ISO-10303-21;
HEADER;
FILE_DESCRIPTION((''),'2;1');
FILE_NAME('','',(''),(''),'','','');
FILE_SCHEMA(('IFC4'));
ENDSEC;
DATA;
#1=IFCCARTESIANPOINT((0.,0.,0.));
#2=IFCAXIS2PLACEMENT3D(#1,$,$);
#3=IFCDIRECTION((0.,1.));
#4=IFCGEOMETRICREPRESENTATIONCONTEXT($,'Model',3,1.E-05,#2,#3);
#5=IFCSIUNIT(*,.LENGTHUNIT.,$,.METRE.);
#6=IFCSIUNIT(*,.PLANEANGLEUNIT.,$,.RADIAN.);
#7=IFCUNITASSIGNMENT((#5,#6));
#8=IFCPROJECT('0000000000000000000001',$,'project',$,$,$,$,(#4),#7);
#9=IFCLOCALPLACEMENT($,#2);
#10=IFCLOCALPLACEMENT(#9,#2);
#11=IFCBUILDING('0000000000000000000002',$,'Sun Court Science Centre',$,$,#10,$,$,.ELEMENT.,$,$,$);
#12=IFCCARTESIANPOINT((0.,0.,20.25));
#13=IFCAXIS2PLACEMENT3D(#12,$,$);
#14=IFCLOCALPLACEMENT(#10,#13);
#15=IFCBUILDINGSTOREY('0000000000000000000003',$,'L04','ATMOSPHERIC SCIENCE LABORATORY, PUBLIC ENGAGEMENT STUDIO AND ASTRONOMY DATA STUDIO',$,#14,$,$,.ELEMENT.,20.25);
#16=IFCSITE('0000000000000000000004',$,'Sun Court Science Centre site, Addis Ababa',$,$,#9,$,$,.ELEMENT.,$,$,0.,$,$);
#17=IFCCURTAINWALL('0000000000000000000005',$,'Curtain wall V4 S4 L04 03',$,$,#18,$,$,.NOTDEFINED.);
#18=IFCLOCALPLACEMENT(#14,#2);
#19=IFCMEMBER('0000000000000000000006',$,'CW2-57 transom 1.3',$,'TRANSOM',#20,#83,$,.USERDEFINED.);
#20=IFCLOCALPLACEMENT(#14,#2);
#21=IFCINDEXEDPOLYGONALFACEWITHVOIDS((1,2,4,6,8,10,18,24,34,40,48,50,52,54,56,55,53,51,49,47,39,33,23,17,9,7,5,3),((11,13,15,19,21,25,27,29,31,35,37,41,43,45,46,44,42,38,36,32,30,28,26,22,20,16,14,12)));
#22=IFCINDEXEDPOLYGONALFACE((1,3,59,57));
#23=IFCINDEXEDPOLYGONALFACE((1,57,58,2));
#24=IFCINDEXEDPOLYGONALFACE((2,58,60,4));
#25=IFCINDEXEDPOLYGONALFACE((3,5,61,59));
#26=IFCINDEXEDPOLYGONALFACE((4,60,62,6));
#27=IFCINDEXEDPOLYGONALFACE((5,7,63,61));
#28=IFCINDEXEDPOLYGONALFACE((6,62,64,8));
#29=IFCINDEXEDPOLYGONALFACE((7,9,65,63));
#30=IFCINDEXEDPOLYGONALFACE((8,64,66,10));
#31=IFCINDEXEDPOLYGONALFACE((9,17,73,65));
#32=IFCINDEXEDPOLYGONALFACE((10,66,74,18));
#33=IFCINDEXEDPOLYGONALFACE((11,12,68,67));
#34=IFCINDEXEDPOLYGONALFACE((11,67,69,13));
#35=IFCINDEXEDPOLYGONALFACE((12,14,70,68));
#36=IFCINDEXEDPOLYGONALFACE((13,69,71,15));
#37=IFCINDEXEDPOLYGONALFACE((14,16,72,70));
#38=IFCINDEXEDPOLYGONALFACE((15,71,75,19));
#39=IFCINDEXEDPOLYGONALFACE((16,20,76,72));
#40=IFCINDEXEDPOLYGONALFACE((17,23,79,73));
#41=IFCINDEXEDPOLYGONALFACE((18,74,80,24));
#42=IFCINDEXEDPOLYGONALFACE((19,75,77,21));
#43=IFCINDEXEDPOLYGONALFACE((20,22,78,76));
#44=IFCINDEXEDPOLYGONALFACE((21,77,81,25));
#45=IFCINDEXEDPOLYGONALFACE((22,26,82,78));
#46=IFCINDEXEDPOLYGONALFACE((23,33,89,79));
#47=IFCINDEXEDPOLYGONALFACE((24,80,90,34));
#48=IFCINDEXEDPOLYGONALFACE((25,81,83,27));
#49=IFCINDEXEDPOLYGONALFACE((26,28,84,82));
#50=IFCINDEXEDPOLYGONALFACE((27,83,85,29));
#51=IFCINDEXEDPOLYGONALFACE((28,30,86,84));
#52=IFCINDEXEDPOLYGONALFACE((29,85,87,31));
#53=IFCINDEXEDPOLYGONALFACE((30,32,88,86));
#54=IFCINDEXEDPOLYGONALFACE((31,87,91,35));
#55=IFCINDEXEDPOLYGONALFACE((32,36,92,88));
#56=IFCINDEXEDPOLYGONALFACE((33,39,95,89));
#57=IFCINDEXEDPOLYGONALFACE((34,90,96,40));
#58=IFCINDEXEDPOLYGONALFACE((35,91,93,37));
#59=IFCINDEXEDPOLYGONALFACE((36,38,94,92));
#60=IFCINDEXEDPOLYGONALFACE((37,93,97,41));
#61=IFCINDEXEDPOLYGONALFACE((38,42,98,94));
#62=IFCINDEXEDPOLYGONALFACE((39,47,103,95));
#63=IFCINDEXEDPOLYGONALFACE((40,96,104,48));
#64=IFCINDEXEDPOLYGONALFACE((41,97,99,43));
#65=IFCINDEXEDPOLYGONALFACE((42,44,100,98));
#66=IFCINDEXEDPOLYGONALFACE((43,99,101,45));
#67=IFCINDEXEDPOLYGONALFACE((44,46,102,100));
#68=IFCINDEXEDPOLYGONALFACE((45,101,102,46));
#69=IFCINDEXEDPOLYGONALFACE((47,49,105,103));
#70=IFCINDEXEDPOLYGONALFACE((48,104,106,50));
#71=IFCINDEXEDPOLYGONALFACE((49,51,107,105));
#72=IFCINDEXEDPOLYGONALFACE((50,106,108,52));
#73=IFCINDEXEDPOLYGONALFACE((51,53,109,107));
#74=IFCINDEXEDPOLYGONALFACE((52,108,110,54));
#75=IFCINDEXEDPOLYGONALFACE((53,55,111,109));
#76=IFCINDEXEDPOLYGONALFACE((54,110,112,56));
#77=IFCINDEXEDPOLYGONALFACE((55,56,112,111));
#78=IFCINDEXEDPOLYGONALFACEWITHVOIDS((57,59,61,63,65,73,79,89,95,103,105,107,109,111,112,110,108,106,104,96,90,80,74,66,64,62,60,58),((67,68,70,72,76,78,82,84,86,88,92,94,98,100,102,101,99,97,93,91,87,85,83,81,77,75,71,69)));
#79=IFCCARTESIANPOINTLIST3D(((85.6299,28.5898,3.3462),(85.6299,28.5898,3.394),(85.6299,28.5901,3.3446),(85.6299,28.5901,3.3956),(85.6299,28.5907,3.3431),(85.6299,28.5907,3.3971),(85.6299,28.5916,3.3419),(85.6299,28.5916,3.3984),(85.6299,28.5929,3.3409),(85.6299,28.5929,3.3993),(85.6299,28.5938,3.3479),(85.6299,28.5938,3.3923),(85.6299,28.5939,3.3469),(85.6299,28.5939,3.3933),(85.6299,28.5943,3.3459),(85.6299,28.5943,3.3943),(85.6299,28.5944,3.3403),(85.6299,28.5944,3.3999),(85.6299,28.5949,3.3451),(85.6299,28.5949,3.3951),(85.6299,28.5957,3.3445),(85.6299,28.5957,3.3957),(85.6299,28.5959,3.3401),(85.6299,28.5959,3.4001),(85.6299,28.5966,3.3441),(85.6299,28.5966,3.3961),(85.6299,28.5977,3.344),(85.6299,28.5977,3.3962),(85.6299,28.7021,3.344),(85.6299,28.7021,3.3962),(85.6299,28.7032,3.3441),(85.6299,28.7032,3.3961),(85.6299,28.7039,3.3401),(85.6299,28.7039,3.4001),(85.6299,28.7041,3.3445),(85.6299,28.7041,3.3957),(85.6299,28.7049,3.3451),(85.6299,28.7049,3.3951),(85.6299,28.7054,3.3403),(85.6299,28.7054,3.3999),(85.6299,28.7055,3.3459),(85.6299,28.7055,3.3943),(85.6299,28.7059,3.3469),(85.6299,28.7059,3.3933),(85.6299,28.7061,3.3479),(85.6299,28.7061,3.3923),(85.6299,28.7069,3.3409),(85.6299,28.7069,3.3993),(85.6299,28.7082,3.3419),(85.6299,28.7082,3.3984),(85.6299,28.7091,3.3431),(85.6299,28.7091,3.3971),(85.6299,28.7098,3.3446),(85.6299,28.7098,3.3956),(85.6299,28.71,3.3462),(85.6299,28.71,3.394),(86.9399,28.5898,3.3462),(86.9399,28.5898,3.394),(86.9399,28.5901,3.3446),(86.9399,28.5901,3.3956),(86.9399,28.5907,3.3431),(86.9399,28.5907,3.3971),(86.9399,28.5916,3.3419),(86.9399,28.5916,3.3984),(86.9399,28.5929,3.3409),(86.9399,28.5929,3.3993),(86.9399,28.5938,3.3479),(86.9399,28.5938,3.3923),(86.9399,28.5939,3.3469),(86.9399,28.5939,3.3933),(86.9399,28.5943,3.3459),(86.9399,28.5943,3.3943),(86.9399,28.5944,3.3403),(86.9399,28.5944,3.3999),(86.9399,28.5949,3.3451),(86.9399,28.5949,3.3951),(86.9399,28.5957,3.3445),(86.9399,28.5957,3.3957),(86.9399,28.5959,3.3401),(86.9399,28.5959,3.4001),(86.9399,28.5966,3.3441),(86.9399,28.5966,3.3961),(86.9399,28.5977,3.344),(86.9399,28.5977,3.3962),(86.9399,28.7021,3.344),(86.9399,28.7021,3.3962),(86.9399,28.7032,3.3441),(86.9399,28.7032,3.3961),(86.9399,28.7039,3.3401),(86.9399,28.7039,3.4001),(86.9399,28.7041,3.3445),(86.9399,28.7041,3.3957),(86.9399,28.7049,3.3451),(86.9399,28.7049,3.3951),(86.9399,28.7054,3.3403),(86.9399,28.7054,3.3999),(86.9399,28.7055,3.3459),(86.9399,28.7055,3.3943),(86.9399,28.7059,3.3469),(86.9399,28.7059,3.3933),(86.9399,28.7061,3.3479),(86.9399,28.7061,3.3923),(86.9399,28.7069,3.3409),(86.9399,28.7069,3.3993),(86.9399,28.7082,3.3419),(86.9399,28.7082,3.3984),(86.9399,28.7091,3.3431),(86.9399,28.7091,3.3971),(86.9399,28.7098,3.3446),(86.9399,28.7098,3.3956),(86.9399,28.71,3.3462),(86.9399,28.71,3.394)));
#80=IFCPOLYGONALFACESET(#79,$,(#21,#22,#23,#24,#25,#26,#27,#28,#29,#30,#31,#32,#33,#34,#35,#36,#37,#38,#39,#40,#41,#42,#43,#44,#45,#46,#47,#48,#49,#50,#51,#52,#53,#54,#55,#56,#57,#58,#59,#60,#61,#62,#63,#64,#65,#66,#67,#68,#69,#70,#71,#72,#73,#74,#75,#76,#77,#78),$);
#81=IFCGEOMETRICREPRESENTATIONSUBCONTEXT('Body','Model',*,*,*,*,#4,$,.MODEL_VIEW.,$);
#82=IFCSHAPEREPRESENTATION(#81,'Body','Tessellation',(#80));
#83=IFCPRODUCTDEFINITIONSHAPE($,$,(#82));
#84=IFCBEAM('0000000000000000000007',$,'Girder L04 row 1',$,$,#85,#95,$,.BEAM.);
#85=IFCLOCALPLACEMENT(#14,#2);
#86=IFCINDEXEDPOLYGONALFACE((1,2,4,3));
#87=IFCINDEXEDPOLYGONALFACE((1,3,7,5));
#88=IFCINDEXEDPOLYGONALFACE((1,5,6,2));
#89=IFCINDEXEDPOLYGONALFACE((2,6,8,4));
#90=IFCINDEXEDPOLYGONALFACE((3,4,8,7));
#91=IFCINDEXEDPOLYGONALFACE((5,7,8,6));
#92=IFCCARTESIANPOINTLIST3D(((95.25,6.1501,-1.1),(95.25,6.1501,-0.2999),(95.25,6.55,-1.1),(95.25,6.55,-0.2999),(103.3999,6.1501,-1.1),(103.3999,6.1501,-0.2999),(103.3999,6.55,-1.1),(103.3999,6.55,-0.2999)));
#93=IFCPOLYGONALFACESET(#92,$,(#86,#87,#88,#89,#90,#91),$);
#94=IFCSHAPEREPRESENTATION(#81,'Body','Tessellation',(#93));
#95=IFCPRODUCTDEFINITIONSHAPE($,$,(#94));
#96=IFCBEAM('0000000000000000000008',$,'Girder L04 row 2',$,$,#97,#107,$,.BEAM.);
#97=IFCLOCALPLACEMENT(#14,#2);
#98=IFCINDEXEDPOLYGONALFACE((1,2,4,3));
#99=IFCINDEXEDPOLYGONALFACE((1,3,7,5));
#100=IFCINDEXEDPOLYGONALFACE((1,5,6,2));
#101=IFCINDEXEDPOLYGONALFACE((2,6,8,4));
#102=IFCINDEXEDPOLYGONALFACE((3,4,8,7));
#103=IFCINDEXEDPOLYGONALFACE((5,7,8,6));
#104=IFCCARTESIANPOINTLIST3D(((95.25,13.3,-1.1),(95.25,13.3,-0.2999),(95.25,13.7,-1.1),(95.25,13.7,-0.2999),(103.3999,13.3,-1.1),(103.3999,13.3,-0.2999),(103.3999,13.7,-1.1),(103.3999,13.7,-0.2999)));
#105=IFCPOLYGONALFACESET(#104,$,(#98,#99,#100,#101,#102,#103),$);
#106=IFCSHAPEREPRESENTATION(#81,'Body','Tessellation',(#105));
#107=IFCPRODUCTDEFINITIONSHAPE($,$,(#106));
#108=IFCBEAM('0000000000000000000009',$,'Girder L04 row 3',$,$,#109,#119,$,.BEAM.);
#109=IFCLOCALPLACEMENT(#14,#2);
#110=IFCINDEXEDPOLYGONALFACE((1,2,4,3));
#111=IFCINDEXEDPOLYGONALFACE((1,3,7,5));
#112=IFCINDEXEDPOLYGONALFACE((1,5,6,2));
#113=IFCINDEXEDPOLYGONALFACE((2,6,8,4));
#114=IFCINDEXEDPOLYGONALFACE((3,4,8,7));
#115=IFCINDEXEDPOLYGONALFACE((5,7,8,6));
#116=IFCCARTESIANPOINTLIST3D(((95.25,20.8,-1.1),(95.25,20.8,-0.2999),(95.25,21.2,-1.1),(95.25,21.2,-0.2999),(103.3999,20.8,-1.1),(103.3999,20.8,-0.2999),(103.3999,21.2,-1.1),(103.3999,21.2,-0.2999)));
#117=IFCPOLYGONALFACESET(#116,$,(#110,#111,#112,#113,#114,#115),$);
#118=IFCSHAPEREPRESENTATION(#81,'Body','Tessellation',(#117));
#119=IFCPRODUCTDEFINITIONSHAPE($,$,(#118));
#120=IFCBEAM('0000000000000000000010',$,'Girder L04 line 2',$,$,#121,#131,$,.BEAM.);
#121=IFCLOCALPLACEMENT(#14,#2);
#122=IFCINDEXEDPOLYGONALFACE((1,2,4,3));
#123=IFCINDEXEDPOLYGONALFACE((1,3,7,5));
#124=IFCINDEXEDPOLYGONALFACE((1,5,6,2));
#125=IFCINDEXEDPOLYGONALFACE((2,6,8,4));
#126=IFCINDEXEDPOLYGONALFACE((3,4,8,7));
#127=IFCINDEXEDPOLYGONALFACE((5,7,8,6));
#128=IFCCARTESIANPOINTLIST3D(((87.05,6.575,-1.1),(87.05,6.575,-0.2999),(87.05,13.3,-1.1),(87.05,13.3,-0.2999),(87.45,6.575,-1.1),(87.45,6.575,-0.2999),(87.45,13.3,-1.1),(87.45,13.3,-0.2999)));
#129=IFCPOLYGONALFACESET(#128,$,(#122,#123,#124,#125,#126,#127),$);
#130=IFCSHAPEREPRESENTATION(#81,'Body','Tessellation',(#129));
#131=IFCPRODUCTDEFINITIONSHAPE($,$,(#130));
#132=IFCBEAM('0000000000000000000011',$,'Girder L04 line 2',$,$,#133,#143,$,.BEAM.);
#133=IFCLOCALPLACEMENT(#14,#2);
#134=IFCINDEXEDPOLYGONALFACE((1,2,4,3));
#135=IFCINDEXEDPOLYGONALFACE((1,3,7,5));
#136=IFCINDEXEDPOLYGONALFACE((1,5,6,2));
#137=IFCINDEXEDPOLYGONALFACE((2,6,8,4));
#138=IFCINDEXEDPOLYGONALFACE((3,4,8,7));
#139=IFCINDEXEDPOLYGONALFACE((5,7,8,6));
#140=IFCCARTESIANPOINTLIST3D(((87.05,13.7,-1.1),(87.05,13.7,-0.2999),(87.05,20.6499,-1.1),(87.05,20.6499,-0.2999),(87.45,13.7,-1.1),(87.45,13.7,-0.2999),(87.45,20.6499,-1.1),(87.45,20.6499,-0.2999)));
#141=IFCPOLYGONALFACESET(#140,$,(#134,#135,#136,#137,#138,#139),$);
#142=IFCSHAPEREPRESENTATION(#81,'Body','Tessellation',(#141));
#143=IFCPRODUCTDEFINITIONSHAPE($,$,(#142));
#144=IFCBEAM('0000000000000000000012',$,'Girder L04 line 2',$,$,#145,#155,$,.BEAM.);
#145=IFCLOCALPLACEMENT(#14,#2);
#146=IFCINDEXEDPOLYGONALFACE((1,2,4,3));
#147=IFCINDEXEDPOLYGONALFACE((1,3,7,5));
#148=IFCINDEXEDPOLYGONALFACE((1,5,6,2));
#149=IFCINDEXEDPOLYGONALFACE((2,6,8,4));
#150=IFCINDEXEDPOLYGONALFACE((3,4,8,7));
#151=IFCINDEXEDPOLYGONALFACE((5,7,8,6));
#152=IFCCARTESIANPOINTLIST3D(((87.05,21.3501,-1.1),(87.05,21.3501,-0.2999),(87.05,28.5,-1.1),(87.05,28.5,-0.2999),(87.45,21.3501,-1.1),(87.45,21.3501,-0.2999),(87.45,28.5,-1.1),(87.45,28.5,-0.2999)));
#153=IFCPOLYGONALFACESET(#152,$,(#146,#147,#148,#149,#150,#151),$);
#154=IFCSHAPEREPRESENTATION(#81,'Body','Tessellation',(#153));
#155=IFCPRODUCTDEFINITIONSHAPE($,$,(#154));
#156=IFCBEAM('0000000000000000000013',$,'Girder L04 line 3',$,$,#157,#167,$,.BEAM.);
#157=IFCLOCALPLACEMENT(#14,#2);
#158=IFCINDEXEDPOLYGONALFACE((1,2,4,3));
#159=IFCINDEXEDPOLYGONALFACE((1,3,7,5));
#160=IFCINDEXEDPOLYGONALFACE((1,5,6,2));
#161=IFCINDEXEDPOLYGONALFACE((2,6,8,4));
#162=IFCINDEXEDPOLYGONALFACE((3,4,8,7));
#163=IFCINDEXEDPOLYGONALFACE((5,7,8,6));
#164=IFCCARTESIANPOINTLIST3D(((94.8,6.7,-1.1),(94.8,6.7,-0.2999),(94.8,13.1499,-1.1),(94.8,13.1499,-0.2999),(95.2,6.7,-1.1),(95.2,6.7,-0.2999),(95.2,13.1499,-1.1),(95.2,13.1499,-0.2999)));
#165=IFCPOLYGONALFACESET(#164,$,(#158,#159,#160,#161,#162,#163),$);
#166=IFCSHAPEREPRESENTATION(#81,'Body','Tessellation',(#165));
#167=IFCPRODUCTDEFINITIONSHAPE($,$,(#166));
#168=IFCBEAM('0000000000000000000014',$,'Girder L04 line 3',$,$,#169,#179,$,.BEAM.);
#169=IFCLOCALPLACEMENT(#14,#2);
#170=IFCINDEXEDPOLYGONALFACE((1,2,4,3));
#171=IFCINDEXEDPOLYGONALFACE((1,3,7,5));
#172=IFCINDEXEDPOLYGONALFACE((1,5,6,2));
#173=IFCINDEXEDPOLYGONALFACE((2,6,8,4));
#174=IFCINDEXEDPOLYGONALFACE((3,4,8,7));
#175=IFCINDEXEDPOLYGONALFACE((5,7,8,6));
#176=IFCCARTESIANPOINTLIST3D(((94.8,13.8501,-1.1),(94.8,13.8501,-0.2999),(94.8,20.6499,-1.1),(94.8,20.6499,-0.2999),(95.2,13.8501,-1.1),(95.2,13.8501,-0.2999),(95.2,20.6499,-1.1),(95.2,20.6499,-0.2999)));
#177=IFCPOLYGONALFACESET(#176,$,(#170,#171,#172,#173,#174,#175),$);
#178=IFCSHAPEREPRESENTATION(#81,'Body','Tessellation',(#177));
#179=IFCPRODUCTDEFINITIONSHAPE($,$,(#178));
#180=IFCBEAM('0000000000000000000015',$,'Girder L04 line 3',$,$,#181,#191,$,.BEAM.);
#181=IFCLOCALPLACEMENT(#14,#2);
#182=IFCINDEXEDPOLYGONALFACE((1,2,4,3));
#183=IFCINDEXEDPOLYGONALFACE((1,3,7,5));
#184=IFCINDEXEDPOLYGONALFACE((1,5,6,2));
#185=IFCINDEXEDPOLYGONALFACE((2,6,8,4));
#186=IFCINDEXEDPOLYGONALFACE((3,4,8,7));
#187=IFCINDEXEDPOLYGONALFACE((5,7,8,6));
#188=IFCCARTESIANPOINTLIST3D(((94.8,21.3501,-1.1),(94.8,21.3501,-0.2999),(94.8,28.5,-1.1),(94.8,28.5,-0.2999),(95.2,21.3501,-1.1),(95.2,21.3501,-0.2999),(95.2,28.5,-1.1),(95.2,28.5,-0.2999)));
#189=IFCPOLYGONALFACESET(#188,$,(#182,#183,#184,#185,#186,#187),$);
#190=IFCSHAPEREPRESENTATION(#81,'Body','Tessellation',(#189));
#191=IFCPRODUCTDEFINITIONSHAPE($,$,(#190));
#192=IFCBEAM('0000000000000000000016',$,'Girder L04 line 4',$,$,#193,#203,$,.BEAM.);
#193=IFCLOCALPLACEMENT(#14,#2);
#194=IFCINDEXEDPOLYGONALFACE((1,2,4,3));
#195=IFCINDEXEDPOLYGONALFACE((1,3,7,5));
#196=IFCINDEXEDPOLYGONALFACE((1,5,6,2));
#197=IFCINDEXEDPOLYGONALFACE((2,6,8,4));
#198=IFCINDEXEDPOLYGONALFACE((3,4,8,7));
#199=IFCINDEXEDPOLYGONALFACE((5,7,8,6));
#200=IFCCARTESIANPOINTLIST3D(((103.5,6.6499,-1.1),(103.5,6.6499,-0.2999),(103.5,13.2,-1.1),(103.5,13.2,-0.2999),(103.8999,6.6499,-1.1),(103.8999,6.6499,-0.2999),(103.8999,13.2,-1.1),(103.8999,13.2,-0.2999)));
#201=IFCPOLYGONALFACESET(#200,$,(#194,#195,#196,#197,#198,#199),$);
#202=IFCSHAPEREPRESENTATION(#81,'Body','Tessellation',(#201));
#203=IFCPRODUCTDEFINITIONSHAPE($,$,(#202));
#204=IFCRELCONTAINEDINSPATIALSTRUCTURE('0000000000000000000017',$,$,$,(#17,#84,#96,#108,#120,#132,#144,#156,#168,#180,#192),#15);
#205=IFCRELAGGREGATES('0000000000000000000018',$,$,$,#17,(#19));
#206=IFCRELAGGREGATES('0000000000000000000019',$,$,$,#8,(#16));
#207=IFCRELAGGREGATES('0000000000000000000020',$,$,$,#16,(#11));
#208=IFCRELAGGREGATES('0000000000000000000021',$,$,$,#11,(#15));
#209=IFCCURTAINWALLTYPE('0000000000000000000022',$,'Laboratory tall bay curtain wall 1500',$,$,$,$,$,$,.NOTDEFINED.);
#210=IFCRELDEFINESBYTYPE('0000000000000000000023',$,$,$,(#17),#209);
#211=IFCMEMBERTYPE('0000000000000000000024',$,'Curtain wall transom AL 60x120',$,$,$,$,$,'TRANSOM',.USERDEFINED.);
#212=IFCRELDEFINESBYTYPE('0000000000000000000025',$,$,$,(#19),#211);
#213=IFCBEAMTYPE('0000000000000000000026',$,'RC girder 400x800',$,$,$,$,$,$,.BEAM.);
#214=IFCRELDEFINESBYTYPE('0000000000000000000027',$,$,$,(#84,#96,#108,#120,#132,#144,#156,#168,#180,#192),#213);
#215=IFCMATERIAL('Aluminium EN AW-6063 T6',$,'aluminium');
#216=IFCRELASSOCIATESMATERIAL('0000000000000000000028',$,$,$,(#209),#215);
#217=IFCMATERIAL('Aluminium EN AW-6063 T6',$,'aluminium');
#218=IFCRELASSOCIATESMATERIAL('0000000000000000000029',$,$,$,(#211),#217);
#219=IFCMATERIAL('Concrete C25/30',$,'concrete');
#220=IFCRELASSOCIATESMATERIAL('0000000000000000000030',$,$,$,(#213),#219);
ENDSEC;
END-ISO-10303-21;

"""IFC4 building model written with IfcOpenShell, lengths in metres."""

from ifc_helpers import new_model, si_unit, direction, frame, origin, origin_2d, place, context, subcontext, project, spatial, rectangle, hollow_rectangle, extrude, material, material_profile, profile_set, type_object, element, aggregate, save


model = new_model("IFC4")

# Units and contexts
model_context = context("Model", 3, precision=1e-05, world=origin(), true_north=direction((0.0, 1.0)))
body_context = subcontext(model_context, "Body", "Model", "MODEL_VIEW")
ifc_project = project(units=[si_unit("LENGTHUNIT", "METRE"), si_unit("PLANEANGLEUNIT", "RADIAN")], contexts=[model_context])

# Site, building, storey
site_placement = place(None, origin())
site = spatial("IfcSite", under=ifc_project, at=site_placement, Name="Sun Court Science Centre site, Addis Ababa", CompositionType="ELEMENT", RefElevation=0.0)
building_placement = place(site_placement, origin())
building = spatial("IfcBuilding", under=site, at=building_placement, Name="Sun Court Science Centre", CompositionType="ELEMENT")
storey_placement = place(building_placement, frame((0.0, 0.0, 20.25)))
storey = spatial("IfcBuildingStorey", under=building, at=storey_placement, Name="L04", Description="ATMOSPHERIC SCIENCE LABORATORY, PUBLIC ENGAGEMENT STUDIO AND ASTRONOMY DATA STUDIO", CompositionType="ELEMENT", Elevation=20.25)

# Shared definitions
ifc_material_1 = material(Name="Aluminium EN AW-6063 T6", Category="aluminium")
curtain_wall_type = type_object("IfcCurtainWallType", Name="Laboratory tall bay curtain wall 1500", PredefinedType="NOTDEFINED", material=ifc_material_1)

# Curtain wall, member
curtain_wall_1_placement = place(storey_placement, origin())
curtain_wall_1 = element("IfcCurtainWall", 1, at=curtain_wall_1_placement, inside=storey, type_object=curtain_wall_type, Name="Curtain wall V4 S4 L04 03", PredefinedType="NOTDEFINED")
ifc_material_2 = material(Name="Aluminium EN AW-6063 T6", Category="aluminium")
ifc_material_profile_1 = material_profile(ifc_material_2, hollow_rectangle(XDim=0.0601, YDim=0.1201, WallThickness=0.0039, InnerFilletRadius=0.0039, OuterFilletRadius=0.0061, at=origin_2d()), Name="AL 60x120x4")
ifc_profile_set_1 = profile_set([ifc_material_profile_1], Name="Aluminium EN AW-6063 T6")
member_type_1 = type_object("IfcMemberType", Name="Curtain wall transom AL 60x120", ElementType="TRANSOM", PredefinedType="USERDEFINED", material=ifc_profile_set_1)
member_1_placement = place(storey_placement, frame((86.9399, 28.6499, 3.3701), z_axis=(-1.0, 0.0, 0.0), x_axis=(0.0, 0.0, 1.0)))
member_1 = element("IfcMember", 2, at=member_1_placement, type_object=member_type_1, Name="CW2-57 transom 1.3", ObjectType="TRANSOM", PredefinedType="USERDEFINED", context=body_context, shape_type="SweptSolid", body=[
    extrude(hollow_rectangle(XDim=0.0601, YDim=0.1201, WallThickness=0.0039, InnerFilletRadius=0.0039, OuterFilletRadius=0.0061, at=origin_2d()), origin(), (0.0, 0.0, 1.0), 1.3101),
])

# Beams
ifc_material_3 = material(Name="Concrete C25/30", Category="concrete")
ifc_material_profile_2 = material_profile(ifc_material_3, rectangle(XDim=0.3999, YDim=0.8, at=origin_2d()), Name="RC 400x800")
ifc_profile_set_2 = profile_set([ifc_material_profile_2], Name="Concrete C25/30")
beam_type_1 = type_object("IfcBeamType", Name="RC girder 400x800", PredefinedType="BEAM", material=ifc_profile_set_2)
for number, where, z_axis, x_axis, name in (
    (3, (95.25, 6.3501, -0.7), (1.0, 0.0, 0.0), (0.0, 1.0, 0.0), "Girder L04 row 1"),
    (4, (95.25, 13.5, -0.7), (1.0, 0.0, 0.0), (0.0, 1.0, 0.0), "Girder L04 row 2"),
    (5, (95.25, 21.0, -0.7), (1.0, 0.0, 0.0), (0.0, 1.0, 0.0), "Girder L04 row 3"),
):
    element("IfcBeam", number, at=place(storey_placement, frame(where, z_axis=z_axis, x_axis=x_axis)), inside=storey, type_object=beam_type_1, Name=name, PredefinedType="BEAM", context=body_context, shape_type="SweptSolid", body=[
        extrude(rectangle(XDim=0.3999, YDim=0.8, at=origin_2d()), origin(), (0.0, 0.0, 1.0), 8.1499),
    ])
beam_1_placement = place(storey_placement, frame((87.25, 6.575, -0.7), z_axis=(0.0, 1.0, 0.0), x_axis=(-1.0, 0.0, 0.0)))
element("IfcBeam", 6, at=beam_1_placement, inside=storey, type_object=beam_type_1, Name="Girder L04 line 2", PredefinedType="BEAM", context=body_context, shape_type="SweptSolid", body=[
    extrude(rectangle(XDim=0.3999, YDim=0.8, at=origin_2d()), origin(), (0.0, 0.0, 1.0), 6.7251),
])
beam_2_placement = place(storey_placement, frame((87.25, 13.7, -0.7), z_axis=(0.0, 1.0, 0.0), x_axis=(-1.0, 0.0, 0.0)))
element("IfcBeam", 7, at=beam_2_placement, inside=storey, type_object=beam_type_1, Name="Girder L04 line 2", PredefinedType="BEAM", context=body_context, shape_type="SweptSolid", body=[
    extrude(rectangle(XDim=0.3999, YDim=0.8, at=origin_2d()), origin(), (0.0, 0.0, 1.0), 6.95),
])
beam_3_placement = place(storey_placement, frame((87.25, 21.3501, -0.7), z_axis=(0.0, 1.0, 0.0), x_axis=(-1.0, 0.0, 0.0)))
element("IfcBeam", 8, at=beam_3_placement, inside=storey, type_object=beam_type_1, Name="Girder L04 line 2", PredefinedType="BEAM", context=body_context, shape_type="SweptSolid", body=[
    extrude(rectangle(XDim=0.3999, YDim=0.8, at=origin_2d()), origin(), (0.0, 0.0, 1.0), 7.1499),
])
beam_4_placement = place(storey_placement, frame((95.0, 6.7, -0.7), z_axis=(0.0, 1.0, 0.0), x_axis=(-1.0, 0.0, 0.0)))
element("IfcBeam", 9, at=beam_4_placement, inside=storey, type_object=beam_type_1, Name="Girder L04 line 3", PredefinedType="BEAM", context=body_context, shape_type="SweptSolid", body=[
    extrude(rectangle(XDim=0.3999, YDim=0.8, at=origin_2d()), origin(), (0.0, 0.0, 1.0), 6.45),
])
beam_5_placement = place(storey_placement, frame((95.0, 13.8501, -0.7), z_axis=(0.0, 1.0, 0.0), x_axis=(-1.0, 0.0, 0.0)))
element("IfcBeam", 10, at=beam_5_placement, inside=storey, type_object=beam_type_1, Name="Girder L04 line 3", PredefinedType="BEAM", context=body_context, shape_type="SweptSolid", body=[
    extrude(rectangle(XDim=0.3999, YDim=0.8, at=origin_2d()), origin(), (0.0, 0.0, 1.0), 6.7998),
])
beam_6_placement = place(storey_placement, frame((95.0, 21.3501, -0.7), z_axis=(0.0, 1.0, 0.0), x_axis=(-1.0, 0.0, 0.0)))
element("IfcBeam", 11, at=beam_6_placement, inside=storey, type_object=beam_type_1, Name="Girder L04 line 3", PredefinedType="BEAM", context=body_context, shape_type="SweptSolid", body=[
    extrude(rectangle(XDim=0.3999, YDim=0.8, at=origin_2d()), origin(), (0.0, 0.0, 1.0), 7.1499),
])
beam_7_placement = place(storey_placement, frame((103.7, 6.6499, -0.7), z_axis=(0.0, 1.0, 0.0), x_axis=(-1.0, 0.0, 0.0)))
element("IfcBeam", 12, at=beam_7_placement, inside=storey, type_object=beam_type_1, Name="Girder L04 line 4", PredefinedType="BEAM", context=body_context, shape_type="SweptSolid", body=[
    extrude(rectangle(XDim=0.3999, YDim=0.8, at=origin_2d()), origin(), (0.0, 0.0, 1.0), 6.55),
])

aggregate(curtain_wall_1, [member_1])

save(model, "model.ifc")
